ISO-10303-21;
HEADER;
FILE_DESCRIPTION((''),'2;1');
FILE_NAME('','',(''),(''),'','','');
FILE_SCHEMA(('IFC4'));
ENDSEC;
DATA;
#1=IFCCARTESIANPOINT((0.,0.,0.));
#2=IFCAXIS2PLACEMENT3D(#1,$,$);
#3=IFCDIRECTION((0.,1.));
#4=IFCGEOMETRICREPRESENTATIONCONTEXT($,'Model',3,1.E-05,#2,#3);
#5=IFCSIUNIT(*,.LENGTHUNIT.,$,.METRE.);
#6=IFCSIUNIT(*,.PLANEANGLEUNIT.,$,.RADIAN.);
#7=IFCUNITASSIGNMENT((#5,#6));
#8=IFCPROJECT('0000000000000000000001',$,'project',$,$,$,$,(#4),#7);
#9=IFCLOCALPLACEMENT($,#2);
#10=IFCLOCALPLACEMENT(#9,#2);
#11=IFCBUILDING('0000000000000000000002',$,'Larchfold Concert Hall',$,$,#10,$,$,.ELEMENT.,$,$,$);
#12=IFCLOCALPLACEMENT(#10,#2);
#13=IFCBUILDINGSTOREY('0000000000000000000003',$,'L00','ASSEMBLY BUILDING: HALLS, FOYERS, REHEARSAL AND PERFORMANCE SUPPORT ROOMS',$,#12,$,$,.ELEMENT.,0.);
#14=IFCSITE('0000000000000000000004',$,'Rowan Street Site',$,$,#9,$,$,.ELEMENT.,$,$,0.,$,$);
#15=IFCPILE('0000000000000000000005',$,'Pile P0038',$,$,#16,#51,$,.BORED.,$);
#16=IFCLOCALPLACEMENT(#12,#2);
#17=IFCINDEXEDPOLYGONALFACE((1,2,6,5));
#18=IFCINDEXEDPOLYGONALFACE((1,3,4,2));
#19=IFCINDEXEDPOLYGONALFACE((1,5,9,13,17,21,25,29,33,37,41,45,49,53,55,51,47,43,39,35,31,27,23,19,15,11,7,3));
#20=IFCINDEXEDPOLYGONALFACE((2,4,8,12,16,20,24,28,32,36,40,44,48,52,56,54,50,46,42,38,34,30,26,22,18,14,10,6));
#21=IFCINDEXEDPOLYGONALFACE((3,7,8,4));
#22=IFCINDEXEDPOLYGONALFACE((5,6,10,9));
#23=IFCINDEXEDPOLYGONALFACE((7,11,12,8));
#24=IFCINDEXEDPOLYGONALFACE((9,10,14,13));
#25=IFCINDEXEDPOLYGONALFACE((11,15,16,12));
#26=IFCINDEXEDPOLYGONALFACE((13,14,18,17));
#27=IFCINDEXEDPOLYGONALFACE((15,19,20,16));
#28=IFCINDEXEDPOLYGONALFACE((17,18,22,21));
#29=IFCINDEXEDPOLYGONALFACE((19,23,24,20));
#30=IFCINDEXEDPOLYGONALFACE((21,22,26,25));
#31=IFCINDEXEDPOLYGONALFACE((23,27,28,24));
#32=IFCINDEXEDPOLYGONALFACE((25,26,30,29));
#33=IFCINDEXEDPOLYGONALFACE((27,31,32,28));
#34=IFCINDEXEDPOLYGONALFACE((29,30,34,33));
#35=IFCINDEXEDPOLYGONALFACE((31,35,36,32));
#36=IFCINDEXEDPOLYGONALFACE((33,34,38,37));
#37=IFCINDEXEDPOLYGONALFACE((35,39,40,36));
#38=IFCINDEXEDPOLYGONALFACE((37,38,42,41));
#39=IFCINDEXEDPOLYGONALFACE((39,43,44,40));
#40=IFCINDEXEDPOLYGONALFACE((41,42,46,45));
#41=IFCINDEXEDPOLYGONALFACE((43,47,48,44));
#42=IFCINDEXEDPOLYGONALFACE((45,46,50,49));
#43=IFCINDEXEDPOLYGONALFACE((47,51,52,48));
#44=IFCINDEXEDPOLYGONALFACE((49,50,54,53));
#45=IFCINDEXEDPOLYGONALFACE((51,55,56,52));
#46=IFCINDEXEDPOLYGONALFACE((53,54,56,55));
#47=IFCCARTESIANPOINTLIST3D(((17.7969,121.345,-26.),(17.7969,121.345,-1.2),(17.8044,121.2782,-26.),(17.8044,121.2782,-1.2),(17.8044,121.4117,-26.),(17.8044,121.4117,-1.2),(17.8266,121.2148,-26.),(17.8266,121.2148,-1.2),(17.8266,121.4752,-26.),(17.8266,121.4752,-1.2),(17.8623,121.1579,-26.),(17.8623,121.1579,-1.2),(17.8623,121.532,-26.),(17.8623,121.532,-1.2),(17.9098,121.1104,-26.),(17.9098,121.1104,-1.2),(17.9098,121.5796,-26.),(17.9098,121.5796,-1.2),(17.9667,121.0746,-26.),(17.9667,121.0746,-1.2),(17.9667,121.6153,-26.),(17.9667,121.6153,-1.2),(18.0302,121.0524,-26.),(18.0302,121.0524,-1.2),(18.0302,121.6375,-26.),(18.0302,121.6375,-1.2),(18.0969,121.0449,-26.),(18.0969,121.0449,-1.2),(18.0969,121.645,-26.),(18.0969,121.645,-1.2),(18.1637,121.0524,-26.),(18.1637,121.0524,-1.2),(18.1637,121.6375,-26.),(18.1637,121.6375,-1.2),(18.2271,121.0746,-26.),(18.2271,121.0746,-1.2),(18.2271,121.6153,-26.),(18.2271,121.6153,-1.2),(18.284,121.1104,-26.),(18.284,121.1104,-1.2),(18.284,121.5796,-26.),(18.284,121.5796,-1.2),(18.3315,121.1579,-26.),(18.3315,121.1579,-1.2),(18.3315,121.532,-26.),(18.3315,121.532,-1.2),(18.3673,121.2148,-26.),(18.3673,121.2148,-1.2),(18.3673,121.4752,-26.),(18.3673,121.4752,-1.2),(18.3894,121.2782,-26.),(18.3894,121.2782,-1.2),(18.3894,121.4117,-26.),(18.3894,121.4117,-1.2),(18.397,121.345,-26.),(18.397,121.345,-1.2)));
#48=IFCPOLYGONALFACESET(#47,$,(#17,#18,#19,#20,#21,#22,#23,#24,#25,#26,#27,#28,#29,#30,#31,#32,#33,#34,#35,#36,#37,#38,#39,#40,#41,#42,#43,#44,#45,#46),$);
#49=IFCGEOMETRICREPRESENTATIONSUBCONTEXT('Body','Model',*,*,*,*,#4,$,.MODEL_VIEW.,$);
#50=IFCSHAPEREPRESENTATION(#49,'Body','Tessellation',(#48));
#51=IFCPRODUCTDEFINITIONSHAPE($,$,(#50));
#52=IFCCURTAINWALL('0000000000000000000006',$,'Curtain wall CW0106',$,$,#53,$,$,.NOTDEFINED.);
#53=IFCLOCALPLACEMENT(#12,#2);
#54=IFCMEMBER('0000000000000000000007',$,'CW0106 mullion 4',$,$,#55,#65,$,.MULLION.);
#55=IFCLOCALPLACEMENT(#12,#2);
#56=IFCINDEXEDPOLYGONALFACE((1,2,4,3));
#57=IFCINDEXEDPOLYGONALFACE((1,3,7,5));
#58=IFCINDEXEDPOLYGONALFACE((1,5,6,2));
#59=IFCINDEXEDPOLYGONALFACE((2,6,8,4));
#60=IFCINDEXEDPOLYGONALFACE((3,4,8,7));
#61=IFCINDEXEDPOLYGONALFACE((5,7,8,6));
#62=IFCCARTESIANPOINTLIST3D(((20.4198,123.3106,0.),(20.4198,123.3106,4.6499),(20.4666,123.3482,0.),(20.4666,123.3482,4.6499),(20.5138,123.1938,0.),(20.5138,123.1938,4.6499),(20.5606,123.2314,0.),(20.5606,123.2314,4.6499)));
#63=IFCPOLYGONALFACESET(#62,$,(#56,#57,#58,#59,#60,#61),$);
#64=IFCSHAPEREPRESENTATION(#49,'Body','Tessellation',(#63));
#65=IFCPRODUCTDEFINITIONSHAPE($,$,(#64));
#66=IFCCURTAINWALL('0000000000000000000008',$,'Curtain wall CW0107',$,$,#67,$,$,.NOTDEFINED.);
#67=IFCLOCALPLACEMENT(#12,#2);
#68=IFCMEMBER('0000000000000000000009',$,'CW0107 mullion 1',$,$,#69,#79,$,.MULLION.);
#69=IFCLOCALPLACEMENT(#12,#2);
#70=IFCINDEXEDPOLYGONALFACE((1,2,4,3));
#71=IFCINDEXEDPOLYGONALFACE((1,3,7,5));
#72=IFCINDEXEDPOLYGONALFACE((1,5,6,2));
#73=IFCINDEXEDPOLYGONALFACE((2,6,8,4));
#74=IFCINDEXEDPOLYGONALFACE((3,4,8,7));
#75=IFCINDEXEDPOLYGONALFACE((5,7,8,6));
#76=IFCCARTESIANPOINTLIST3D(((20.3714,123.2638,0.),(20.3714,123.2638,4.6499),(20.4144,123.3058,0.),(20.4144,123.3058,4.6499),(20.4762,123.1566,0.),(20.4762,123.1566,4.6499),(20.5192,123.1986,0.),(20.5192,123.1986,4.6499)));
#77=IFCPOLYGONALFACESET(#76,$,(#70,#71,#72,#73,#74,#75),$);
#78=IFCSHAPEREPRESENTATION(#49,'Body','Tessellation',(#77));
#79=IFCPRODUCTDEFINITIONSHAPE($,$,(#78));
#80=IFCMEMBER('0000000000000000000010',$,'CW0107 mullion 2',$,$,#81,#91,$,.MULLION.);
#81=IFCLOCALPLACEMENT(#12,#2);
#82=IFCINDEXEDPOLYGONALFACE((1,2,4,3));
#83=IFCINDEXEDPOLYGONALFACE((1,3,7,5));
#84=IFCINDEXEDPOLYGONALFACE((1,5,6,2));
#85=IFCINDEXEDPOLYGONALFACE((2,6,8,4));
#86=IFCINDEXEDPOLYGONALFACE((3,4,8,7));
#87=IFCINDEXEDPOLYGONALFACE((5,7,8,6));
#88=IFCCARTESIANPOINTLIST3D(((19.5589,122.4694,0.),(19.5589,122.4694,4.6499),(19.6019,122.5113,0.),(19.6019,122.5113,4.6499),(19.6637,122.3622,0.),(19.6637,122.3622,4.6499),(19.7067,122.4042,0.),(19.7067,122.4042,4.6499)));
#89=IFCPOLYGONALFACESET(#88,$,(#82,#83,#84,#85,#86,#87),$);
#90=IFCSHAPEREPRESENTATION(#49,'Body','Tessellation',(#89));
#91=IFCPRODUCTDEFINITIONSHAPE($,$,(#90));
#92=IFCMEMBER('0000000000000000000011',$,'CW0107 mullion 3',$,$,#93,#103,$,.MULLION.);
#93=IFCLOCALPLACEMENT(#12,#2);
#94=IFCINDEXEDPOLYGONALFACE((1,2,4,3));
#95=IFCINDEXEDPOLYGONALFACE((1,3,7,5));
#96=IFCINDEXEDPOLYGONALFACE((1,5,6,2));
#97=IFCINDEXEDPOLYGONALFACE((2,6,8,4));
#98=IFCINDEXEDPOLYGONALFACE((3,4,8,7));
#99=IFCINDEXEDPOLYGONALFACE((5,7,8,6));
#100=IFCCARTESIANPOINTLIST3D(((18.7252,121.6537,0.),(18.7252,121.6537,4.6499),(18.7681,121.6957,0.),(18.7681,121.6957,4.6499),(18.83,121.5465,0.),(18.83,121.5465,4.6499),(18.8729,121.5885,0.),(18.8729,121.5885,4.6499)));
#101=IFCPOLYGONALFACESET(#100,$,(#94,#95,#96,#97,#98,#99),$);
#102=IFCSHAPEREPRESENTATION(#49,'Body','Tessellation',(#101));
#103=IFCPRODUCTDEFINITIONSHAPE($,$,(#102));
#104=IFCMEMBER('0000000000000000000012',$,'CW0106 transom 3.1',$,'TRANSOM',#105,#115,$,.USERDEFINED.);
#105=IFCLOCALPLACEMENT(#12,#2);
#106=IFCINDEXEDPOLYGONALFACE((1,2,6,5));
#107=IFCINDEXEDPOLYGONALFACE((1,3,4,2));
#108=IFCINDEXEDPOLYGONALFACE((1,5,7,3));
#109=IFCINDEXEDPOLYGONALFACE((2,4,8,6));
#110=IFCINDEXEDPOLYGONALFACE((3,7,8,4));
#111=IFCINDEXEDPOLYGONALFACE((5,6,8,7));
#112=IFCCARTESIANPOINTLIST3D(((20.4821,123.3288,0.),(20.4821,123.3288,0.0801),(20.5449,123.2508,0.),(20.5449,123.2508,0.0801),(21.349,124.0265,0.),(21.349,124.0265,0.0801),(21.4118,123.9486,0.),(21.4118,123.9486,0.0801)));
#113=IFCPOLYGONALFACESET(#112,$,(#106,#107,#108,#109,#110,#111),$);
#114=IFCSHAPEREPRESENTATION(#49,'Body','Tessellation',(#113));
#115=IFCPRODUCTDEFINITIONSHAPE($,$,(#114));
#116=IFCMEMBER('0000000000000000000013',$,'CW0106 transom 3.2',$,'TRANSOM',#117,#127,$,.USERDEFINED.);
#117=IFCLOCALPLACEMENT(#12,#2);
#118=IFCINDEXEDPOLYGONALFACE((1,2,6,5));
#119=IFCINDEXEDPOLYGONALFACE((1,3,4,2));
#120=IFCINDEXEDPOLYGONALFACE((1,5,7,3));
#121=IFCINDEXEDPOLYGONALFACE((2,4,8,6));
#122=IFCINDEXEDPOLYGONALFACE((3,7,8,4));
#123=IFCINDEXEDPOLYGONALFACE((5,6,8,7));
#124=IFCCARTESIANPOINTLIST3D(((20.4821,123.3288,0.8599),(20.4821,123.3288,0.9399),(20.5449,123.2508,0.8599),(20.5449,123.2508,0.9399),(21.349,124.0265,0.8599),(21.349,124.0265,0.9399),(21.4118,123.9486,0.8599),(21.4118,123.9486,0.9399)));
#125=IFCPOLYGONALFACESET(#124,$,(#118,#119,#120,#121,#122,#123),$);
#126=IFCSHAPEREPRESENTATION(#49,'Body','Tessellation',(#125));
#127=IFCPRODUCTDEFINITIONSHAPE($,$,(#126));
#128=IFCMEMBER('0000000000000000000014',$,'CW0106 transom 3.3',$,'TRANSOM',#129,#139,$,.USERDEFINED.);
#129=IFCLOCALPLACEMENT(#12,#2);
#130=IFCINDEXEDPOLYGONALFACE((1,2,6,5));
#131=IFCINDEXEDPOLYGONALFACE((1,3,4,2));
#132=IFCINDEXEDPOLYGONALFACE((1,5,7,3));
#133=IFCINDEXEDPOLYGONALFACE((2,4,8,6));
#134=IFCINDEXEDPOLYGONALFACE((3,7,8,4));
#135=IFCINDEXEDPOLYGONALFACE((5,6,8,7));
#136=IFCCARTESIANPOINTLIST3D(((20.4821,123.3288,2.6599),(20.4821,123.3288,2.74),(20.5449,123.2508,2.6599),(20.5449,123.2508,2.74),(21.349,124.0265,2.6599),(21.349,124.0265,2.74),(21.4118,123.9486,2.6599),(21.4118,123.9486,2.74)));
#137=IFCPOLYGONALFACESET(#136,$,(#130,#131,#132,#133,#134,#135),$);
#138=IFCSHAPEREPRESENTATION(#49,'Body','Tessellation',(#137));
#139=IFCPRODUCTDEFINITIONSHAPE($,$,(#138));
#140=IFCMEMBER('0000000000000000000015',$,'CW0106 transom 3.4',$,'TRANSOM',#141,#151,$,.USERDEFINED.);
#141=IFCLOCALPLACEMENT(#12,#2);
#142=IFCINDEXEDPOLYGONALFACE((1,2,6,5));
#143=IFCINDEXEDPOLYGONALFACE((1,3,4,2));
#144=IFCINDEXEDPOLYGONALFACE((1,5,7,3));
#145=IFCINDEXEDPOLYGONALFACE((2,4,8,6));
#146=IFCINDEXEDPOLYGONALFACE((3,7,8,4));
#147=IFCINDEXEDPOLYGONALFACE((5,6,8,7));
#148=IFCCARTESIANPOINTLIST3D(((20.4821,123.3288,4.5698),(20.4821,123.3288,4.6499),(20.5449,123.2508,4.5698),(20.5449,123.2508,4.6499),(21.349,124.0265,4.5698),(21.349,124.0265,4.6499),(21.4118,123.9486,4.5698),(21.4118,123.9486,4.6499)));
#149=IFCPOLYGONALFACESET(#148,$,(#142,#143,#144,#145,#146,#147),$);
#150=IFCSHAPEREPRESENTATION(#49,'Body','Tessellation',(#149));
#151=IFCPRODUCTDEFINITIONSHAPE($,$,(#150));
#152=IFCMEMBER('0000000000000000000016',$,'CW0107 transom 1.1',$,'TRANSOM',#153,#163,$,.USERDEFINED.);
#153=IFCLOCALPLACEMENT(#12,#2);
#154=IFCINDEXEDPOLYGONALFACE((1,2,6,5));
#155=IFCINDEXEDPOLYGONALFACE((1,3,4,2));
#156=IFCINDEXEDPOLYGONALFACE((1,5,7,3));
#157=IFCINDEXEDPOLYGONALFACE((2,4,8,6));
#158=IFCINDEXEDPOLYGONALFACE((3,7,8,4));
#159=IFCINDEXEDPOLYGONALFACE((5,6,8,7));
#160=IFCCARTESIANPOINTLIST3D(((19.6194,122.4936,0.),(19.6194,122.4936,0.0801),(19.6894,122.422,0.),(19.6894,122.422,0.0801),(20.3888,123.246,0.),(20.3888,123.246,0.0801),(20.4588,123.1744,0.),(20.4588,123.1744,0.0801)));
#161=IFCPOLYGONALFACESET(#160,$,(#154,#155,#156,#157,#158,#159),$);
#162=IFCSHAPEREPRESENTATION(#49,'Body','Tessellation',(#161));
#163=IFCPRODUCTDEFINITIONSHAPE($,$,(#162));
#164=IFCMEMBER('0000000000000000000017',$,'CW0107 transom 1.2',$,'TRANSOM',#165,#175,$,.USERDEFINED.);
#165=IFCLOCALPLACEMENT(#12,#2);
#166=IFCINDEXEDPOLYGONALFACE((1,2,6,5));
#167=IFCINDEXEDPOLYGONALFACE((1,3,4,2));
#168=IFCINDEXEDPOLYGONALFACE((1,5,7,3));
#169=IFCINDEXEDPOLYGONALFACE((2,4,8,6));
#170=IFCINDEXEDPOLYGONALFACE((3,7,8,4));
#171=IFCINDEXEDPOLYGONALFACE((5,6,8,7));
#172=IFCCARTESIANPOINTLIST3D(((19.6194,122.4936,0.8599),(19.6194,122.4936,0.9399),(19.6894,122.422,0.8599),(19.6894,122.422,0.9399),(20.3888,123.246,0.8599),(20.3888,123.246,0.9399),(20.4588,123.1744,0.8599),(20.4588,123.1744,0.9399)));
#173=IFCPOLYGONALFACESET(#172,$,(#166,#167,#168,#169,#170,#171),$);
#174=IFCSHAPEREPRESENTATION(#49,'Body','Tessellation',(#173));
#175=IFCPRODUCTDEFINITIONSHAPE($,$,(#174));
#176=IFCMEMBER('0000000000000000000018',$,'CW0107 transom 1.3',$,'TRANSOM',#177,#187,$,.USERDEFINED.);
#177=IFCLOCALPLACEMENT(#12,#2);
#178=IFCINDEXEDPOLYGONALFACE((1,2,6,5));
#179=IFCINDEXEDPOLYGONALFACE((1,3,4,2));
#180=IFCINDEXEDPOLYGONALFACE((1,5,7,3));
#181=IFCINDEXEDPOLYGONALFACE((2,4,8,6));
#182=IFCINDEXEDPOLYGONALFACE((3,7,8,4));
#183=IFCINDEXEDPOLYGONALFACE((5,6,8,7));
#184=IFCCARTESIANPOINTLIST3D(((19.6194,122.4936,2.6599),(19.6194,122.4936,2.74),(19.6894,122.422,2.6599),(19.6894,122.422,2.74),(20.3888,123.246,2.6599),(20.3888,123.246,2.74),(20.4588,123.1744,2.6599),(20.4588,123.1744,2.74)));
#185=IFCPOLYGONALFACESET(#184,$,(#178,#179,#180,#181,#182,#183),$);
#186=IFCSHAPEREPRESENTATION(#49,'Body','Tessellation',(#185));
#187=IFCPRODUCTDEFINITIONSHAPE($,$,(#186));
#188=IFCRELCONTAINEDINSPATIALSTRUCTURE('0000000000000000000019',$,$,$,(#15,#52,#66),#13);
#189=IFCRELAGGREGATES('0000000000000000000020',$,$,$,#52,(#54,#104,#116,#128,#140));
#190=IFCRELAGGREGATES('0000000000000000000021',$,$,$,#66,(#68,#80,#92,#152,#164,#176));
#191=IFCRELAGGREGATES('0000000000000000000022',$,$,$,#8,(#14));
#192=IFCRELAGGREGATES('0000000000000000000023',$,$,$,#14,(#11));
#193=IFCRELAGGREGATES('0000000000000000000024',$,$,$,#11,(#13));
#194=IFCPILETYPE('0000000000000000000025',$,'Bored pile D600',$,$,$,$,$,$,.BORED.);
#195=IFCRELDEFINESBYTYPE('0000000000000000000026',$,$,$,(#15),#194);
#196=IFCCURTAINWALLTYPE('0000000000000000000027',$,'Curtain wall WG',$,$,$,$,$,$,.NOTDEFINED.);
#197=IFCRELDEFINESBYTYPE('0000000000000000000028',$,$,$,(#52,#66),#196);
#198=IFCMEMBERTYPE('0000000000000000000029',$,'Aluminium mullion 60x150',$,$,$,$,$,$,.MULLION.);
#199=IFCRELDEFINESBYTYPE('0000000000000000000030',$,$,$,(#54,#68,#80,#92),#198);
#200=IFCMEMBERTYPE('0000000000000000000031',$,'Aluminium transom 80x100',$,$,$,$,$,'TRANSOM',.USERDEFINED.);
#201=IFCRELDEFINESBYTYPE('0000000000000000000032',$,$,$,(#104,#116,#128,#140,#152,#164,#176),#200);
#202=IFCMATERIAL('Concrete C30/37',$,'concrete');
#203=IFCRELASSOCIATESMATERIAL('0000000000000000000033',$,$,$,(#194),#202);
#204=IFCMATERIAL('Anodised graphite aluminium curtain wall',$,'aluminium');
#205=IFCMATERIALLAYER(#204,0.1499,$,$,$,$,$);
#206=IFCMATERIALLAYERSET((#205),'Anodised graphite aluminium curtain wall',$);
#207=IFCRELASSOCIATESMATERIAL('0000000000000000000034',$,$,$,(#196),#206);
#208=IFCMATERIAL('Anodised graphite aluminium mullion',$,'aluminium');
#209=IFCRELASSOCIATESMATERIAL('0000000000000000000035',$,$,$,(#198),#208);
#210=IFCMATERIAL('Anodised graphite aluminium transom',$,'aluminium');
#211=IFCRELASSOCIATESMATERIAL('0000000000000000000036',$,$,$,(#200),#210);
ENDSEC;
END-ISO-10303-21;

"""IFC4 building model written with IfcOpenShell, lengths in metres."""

from ifc_helpers import new_model, si_unit, direction, frame, origin, origin_2d, place, context, subcontext, project, spatial, rectangle, circle, extrude, material, layer, layer_set, material_profile, profile_set, type_object, element, aggregate, save


model = new_model("IFC4")

# Units and contexts
model_context = context("Model", 3, precision=1e-05, world=origin(), true_north=direction((0.0, 1.0)))
body_context = subcontext(model_context, "Body", "Model", "MODEL_VIEW")
ifc_project = project(units=[si_unit("LENGTHUNIT", "METRE"), si_unit("PLANEANGLEUNIT", "RADIAN")], contexts=[model_context])

# Site, building, storey
site_placement = place(None, origin())
site = spatial("IfcSite", under=ifc_project, at=site_placement, Name="Rowan Street Site", CompositionType="ELEMENT", RefElevation=0.0)
building_placement = place(site_placement, origin())
building = spatial("IfcBuilding", under=site, at=building_placement, Name="Larchfold Concert Hall", CompositionType="ELEMENT")
storey_placement = place(building_placement, origin())
storey = spatial("IfcBuildingStorey", under=building, at=storey_placement, Name="L00", Description="ASSEMBLY BUILDING: HALLS, FOYERS, REHEARSAL AND PERFORMANCE SUPPORT ROOMS", CompositionType="ELEMENT", Elevation=0.0)

# Pile
ifc_material_1 = material(Name="Concrete C30/37", Category="concrete")
ifc_material_profile_1 = material_profile(ifc_material_1, circle(Radius=0.3, at=origin_2d()))
ifc_profile_set_1 = profile_set([ifc_material_profile_1], Name="Concrete C30/37")
pile_type = type_object("IfcPileType", Name="Bored pile D600", PredefinedType="BORED", material=ifc_profile_set_1)
pile_placement = place(storey_placement, frame((18.0969, 121.345, -1.2), z_axis=(0.0, 0.0, -1.0), x_axis=(1.0, 0.0, 0.0)))
element("IfcPile", 1, at=pile_placement, inside=storey, type_object=pile_type, Name="Pile P0038", PredefinedType="BORED", context=body_context, shape_type="SweptSolid", body=[
    extrude(circle(Radius=0.3, at=origin_2d()), origin(), (0.0, 0.0, 1.0), 24.8),
])

# Curtain wall, member
ifc_material_2 = material(Name="Anodised graphite aluminium curtain wall", Category="aluminium")
ifc_layer_1 = layer(ifc_material_2, 0.1499)
ifc_layer_set_1 = layer_set([ifc_layer_1], Name="Anodised graphite aluminium curtain wall")
curtain_wall_type = type_object("IfcCurtainWallType", Name="Curtain wall WG", PredefinedType="NOTDEFINED", material=ifc_layer_set_1)
curtain_wall_1_placement = place(storey_placement, origin())
curtain_wall_1 = element("IfcCurtainWall", 2, at=curtain_wall_1_placement, inside=storey, type_object=curtain_wall_type, Name="Curtain wall CW0106", PredefinedType="NOTDEFINED")
ifc_material_3 = material(Name="Anodised graphite aluminium mullion", Category="aluminium")
ifc_material_profile_2 = material_profile(ifc_material_3, rectangle(XDim=0.1499, YDim=0.0601, at=origin_2d()))
ifc_profile_set_2 = profile_set([ifc_material_profile_2], Name="Anodised graphite aluminium mullion")
member_type_1 = type_object("IfcMemberType", Name="Aluminium mullion 60x150", PredefinedType="MULLION", material=ifc_profile_set_2)
member_1_placement = place(storey_placement, frame((20.4902, 123.271, 0.0), z_axis=(0.0, 0.0, 1.0), x_axis=(0.626986, -0.77903, 0.0)))
member_1 = element("IfcMember", 3, at=member_1_placement, type_object=member_type_1, Name="CW0106 mullion 4", PredefinedType="MULLION", context=body_context, shape_type="SweptSolid", body=[
    extrude(rectangle(XDim=0.1499, YDim=0.0601, at=origin_2d()), origin(), (0.0, 0.0, 1.0), 4.6499),
])

# Curtain wall, members
curtain_wall_2_placement = place(storey_placement, origin())
curtain_wall_2 = element("IfcCurtainWall", 4, at=curtain_wall_2_placement, inside=storey, type_object=curtain_wall_type, Name="Curtain wall CW0107", PredefinedType="NOTDEFINED")
member_2_placement = place(storey_placement, frame((20.4453, 123.2312, 0.0), z_axis=(0.0, 0.0, 1.0), x_axis=(0.699179, -0.714947, 0.0)))
member_2 = element("IfcMember", 5, at=member_2_placement, type_object=member_type_1, Name="CW0107 mullion 1", PredefinedType="MULLION", context=body_context, shape_type="SweptSolid", body=[
    extrude(rectangle(XDim=0.1499, YDim=0.0601, at=origin_2d()), origin(), (0.0, 0.0, 1.0), 4.6499),
])
member_3_placement = place(storey_placement, frame((19.6328, 122.4368, 0.0), z_axis=(0.0, 0.0, 1.0), x_axis=(0.699179, -0.714947, 0.0)))
member_3 = element("IfcMember", 6, at=member_3_placement, type_object=member_type_1, Name="CW0107 mullion 2", PredefinedType="MULLION", context=body_context, shape_type="SweptSolid", body=[
    extrude(rectangle(XDim=0.1499, YDim=0.0601, at=origin_2d()), origin(), (0.0, 0.0, 1.0), 4.6499),
])
member_4_placement = place(storey_placement, frame((18.7991, 121.6211, 0.0), z_axis=(0.0, 0.0, 1.0), x_axis=(0.699179, -0.714947, 0.0)))
member_4 = element("IfcMember", 7, at=member_4_placement, type_object=member_type_1, Name="CW0107 mullion 3", PredefinedType="MULLION", context=body_context, shape_type="SweptSolid", body=[
    extrude(rectangle(XDim=0.1499, YDim=0.0601, at=origin_2d()), origin(), (0.0, 0.0, 1.0), 4.6499),
])

# Members
ifc_material_4 = material(Name="Anodised graphite aluminium transom", Category="aluminium")
ifc_material_profile_3 = material_profile(ifc_material_4, rectangle(XDim=0.1001, YDim=0.0801, at=origin_2d()))
ifc_profile_set_3 = profile_set([ifc_material_profile_3], Name="Anodised graphite aluminium transom")
member_type_2 = type_object("IfcMemberType", Name="Aluminium transom 80x100", ElementType="TRANSOM", PredefinedType="USERDEFINED", material=ifc_profile_set_3)
member_5_placement = place(storey_placement, frame((21.3804, 123.9875, 0.04), z_axis=(-0.779025, -0.626993, 0.0), x_axis=(0.626993, -0.779025, 0.0)))
member_5 = element("IfcMember", 8, at=member_5_placement, type_object=member_type_2, Name="CW0106 transom 3.1", ObjectType="TRANSOM", PredefinedType="USERDEFINED", context=body_context, shape_type="SweptSolid", body=[
    extrude(rectangle(XDim=0.1001, YDim=0.0801, at=origin_2d()), origin(), (0.0, 0.0, 1.0), 1.1128),
])
member_6_placement = place(storey_placement, frame((21.3804, 123.9875, 0.8999), z_axis=(-0.779025, -0.626993, 0.0), x_axis=(0.626993, -0.779025, 0.0)))
member_6 = element("IfcMember", 9, at=member_6_placement, type_object=member_type_2, Name="CW0106 transom 3.2", ObjectType="TRANSOM", PredefinedType="USERDEFINED", context=body_context, shape_type="SweptSolid", body=[
    extrude(rectangle(XDim=0.1001, YDim=0.0801, at=origin_2d()), origin(), (0.0, 0.0, 1.0), 1.1128),
])
member_7_placement = place(storey_placement, frame((21.3804, 123.9875, 2.7), z_axis=(-0.779025, -0.626993, 0.0), x_axis=(0.626993, -0.779025, 0.0)))
member_7 = element("IfcMember", 10, at=member_7_placement, type_object=member_type_2, Name="CW0106 transom 3.3", ObjectType="TRANSOM", PredefinedType="USERDEFINED", context=body_context, shape_type="SweptSolid", body=[
    extrude(rectangle(XDim=0.1001, YDim=0.0801, at=origin_2d()), origin(), (0.0, 0.0, 1.0), 1.1128),
])
member_8_placement = place(storey_placement, frame((21.3804, 123.9875, 4.6099), z_axis=(-0.779025, -0.626993, 0.0), x_axis=(0.626993, -0.779025, 0.0)))
member_8 = element("IfcMember", 11, at=member_8_placement, type_object=member_type_2, Name="CW0106 transom 3.4", ObjectType="TRANSOM", PredefinedType="USERDEFINED", context=body_context, shape_type="SweptSolid", body=[
    extrude(rectangle(XDim=0.1001, YDim=0.0801, at=origin_2d()), origin(), (0.0, 0.0, 1.0), 1.1128),
])
member_9_placement = place(storey_placement, frame((20.4238, 123.2102, 0.04), z_axis=(-0.715002, -0.699123, 0.0), x_axis=(0.699123, -0.715002, 0.0)))
member_9 = element("IfcMember", 12, at=member_9_placement, type_object=member_type_2, Name="CW0107 transom 1.1", ObjectType="TRANSOM", PredefinedType="USERDEFINED", context=body_context, shape_type="SweptSolid", body=[
    extrude(rectangle(XDim=0.1001, YDim=0.0801, at=origin_2d()), origin(), (0.0, 0.0, 1.0), 1.0762),
])
member_10_placement = place(storey_placement, frame((20.4238, 123.2102, 0.8999), z_axis=(-0.715002, -0.699123, 0.0), x_axis=(0.699123, -0.715002, 0.0)))
member_10 = element("IfcMember", 13, at=member_10_placement, type_object=member_type_2, Name="CW0107 transom 1.2", ObjectType="TRANSOM", PredefinedType="USERDEFINED", context=body_context, shape_type="SweptSolid", body=[
    extrude(rectangle(XDim=0.1001, YDim=0.0801, at=origin_2d()), origin(), (0.0, 0.0, 1.0), 1.0762),
])
member_11_placement = place(storey_placement, frame((20.4238, 123.2102, 2.7), z_axis=(-0.715002, -0.699123, 0.0), x_axis=(0.699123, -0.715002, 0.0)))
member_11 = element("IfcMember", 14, at=member_11_placement, type_object=member_type_2, Name="CW0107 transom 1.3", ObjectType="TRANSOM", PredefinedType="USERDEFINED", context=body_context, shape_type="SweptSolid", body=[
    extrude(rectangle(XDim=0.1001, YDim=0.0801, at=origin_2d()), origin(), (0.0, 0.0, 1.0), 1.0762),
])

aggregate(curtain_wall_1, [member_1, member_5, member_6, member_7, member_8])
aggregate(curtain_wall_2, [member_2, member_3, member_4, member_9, member_10, member_11])

save(model, "model.ifc")
